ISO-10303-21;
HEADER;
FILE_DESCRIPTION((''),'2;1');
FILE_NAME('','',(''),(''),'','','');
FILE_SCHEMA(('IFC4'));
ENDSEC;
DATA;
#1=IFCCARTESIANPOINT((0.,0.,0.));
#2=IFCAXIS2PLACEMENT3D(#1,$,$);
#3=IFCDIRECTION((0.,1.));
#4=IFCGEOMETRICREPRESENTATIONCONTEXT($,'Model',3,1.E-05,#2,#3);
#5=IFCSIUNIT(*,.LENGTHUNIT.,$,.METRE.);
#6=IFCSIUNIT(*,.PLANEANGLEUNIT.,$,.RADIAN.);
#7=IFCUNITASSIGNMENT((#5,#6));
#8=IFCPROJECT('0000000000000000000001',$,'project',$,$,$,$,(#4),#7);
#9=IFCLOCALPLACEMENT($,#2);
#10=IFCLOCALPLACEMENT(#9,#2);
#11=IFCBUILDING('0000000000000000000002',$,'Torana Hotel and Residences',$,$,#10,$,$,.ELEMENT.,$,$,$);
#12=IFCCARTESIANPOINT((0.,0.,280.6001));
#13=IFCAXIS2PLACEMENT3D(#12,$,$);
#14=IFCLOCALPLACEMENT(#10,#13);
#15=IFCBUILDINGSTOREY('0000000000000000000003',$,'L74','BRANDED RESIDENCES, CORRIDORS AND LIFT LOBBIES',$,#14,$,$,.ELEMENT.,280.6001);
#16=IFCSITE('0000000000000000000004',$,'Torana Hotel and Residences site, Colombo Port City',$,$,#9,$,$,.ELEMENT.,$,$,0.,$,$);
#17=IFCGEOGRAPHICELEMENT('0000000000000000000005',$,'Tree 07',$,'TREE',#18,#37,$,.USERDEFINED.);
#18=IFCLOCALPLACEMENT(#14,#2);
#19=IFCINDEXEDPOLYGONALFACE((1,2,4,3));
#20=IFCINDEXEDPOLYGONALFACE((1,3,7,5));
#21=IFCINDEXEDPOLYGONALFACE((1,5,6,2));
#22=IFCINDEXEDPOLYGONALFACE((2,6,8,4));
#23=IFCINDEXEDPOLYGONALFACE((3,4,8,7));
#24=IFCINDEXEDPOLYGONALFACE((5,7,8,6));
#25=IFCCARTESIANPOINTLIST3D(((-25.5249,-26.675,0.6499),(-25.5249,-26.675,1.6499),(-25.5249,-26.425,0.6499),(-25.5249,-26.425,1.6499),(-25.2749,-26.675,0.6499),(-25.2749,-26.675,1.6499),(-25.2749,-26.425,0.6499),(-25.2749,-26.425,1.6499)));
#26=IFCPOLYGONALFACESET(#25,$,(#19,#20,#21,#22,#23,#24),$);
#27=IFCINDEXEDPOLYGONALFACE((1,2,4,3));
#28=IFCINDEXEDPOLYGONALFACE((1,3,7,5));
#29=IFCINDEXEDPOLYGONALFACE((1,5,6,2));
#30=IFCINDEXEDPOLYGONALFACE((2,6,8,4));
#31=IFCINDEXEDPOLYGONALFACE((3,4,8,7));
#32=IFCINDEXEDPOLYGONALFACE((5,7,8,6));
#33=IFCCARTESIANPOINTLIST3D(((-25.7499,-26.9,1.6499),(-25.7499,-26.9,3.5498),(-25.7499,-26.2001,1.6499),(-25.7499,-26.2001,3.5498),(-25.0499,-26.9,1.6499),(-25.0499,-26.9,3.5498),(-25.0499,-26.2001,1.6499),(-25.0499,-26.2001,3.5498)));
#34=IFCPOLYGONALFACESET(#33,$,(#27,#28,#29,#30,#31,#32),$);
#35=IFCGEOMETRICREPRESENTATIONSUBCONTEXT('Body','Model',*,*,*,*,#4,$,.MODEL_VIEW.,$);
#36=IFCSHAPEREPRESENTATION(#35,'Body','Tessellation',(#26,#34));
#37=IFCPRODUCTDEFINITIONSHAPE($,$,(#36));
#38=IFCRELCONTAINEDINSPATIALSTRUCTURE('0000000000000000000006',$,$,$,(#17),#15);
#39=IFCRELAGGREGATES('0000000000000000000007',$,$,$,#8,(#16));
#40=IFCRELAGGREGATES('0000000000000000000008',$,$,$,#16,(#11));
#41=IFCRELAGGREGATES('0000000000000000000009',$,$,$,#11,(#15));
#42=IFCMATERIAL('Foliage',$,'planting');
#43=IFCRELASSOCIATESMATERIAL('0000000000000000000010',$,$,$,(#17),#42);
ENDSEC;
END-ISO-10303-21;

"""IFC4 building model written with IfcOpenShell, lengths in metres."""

from ifc_helpers import new_model, si_unit, direction, frame, origin, origin_2d, place, context, subcontext, project, spatial, rectangle, extrude, material, element, save


model = new_model("IFC4")

# Units and contexts
model_context = context("Model", 3, precision=1e-05, world=origin(), true_north=direction((0.0, 1.0)))
body_context = subcontext(model_context, "Body", "Model", "MODEL_VIEW")
ifc_project = project(units=[si_unit("LENGTHUNIT", "METRE"), si_unit("PLANEANGLEUNIT", "RADIAN")], contexts=[model_context])

# Site, building, storey
site_placement = place(None, origin())
site = spatial("IfcSite", under=ifc_project, at=site_placement, Name="Torana Hotel and Residences site, Colombo Port City", CompositionType="ELEMENT", RefElevation=0.0)
building_placement = place(site_placement, origin())
building = spatial("IfcBuilding", under=site, at=building_placement, Name="Torana Hotel and Residences", CompositionType="ELEMENT")
storey_placement = place(building_placement, frame((0.0, 0.0, 280.6001)))
storey = spatial("IfcBuildingStorey", under=building, at=storey_placement, Name="L74", Description="BRANDED RESIDENCES, CORRIDORS AND LIFT LOBBIES", CompositionType="ELEMENT", Elevation=280.6001)

# Geographic element
ifc_material_1 = material(Name="Foliage", Category="planting")
geographic_element_placement = place(storey_placement, frame((-25.3999, -26.55, 0.6499), z_axis=(0.0, 0.0, 1.0), x_axis=(1.0, 0.0, 0.0)))
element("IfcGeographicElement", 1, at=geographic_element_placement, inside=storey, material=ifc_material_1, Name="Tree 07", ObjectType="TREE", PredefinedType="USERDEFINED", context=body_context, shape_type="SweptSolid", body=[
    extrude(rectangle(XDim=0.25, YDim=0.25, at=origin_2d()), origin(), (0.0, 0.0, 1.0), 1.0),
    extrude(rectangle(XDim=0.7, YDim=0.7, at=origin_2d()), frame((0.0, 0.0, 1.0)), (0.0, 0.0, 1.0), 1.8999),
])

save(model, "model.ifc")
